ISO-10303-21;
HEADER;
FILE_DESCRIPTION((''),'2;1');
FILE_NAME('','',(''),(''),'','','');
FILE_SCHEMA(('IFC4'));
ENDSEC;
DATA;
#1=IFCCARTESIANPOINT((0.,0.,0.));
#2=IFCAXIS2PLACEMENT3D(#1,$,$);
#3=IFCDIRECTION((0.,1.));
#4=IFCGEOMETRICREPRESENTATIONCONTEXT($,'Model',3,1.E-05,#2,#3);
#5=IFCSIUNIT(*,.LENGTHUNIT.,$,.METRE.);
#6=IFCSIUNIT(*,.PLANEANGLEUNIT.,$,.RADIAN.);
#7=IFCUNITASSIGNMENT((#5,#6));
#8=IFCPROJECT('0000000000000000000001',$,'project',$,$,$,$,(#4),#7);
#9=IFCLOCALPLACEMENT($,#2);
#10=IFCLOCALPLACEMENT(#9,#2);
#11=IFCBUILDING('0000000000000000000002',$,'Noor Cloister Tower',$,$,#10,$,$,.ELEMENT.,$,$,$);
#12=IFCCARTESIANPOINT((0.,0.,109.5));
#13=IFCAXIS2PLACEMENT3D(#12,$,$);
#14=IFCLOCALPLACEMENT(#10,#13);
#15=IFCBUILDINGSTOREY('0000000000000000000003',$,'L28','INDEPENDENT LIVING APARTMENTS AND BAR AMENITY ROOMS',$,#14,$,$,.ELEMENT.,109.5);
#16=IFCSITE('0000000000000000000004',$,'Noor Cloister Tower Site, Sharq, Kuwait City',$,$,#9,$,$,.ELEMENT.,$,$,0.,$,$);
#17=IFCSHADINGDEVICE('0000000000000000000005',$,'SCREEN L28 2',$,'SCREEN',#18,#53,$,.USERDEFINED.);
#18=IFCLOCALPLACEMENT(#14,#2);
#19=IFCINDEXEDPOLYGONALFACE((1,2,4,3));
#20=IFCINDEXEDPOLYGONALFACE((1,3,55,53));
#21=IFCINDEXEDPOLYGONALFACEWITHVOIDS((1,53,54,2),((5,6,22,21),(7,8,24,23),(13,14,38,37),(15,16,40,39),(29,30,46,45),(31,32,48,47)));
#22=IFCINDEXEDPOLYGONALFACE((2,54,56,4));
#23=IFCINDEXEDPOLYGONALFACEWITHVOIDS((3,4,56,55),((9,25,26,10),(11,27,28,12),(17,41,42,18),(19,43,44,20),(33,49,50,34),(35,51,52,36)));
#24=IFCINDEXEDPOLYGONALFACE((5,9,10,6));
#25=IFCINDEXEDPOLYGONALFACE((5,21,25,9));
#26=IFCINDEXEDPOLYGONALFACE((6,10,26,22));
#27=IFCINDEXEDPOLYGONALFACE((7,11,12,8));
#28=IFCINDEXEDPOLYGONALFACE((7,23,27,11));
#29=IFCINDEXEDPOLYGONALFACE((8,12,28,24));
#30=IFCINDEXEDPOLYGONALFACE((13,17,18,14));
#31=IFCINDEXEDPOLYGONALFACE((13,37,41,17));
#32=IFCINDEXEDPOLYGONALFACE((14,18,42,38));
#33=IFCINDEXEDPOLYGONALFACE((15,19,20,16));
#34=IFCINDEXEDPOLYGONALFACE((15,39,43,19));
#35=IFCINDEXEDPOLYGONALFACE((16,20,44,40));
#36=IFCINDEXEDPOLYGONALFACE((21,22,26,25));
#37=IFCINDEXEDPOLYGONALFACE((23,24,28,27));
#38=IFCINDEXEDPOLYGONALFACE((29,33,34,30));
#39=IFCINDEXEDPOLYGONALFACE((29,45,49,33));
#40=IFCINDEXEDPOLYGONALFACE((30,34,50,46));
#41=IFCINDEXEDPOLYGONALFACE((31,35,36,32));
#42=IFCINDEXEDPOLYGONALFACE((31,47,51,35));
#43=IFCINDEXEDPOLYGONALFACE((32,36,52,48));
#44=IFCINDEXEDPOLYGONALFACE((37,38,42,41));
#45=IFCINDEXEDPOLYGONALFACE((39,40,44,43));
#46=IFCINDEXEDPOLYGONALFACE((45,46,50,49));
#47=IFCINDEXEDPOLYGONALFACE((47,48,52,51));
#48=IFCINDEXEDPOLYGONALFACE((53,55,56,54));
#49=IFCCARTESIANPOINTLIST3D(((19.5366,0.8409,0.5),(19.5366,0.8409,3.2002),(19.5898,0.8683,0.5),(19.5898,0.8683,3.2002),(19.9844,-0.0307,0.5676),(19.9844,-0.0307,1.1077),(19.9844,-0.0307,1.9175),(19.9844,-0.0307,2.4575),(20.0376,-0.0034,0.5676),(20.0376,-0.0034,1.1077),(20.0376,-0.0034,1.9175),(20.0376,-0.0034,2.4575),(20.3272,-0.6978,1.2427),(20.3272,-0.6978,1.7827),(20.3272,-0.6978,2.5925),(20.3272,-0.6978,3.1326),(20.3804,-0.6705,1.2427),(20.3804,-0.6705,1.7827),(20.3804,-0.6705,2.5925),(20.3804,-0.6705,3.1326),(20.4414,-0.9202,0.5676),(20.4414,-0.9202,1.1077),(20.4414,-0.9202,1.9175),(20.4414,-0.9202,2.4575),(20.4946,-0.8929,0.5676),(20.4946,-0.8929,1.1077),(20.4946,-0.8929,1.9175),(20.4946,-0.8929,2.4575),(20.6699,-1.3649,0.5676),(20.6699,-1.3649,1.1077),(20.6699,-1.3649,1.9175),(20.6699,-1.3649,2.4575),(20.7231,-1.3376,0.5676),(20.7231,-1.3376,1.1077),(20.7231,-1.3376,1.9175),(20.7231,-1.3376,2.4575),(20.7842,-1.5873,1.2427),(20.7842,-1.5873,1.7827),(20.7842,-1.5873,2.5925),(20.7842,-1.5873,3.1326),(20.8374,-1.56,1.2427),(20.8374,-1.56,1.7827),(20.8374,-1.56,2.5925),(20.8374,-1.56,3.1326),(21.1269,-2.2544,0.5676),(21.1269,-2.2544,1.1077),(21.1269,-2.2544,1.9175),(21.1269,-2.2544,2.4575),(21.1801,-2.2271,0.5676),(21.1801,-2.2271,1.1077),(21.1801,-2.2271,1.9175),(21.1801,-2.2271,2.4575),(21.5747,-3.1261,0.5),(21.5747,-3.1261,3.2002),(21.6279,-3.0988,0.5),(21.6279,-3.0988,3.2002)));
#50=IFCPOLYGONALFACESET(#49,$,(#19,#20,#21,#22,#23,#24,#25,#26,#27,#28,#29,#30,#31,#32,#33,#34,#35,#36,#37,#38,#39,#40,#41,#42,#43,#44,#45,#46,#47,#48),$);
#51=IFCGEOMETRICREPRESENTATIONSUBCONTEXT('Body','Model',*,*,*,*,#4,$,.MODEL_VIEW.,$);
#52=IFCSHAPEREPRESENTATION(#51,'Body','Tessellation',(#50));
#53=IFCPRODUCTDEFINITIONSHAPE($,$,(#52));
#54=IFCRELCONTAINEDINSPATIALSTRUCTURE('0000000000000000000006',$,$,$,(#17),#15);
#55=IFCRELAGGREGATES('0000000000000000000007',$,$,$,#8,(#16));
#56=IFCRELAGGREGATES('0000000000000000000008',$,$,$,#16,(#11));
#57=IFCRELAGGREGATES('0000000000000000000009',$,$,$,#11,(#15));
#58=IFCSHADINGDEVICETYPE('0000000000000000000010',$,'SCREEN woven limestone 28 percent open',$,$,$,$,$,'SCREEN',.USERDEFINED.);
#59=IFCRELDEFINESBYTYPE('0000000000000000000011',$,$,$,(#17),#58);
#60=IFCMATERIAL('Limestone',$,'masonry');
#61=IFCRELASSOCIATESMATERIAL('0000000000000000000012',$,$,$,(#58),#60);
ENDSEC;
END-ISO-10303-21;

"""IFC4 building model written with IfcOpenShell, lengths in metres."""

from ifc_helpers import new_model, si_unit, direction, frame, origin, place, context, subcontext, project, spatial, polyline, outline, extrude, material, material_profile, profile_set, type_object, element, save


model = new_model("IFC4")

# Units and contexts
model_context = context("Model", 3, precision=1e-05, world=origin(), true_north=direction((0.0, 1.0)))
body_context = subcontext(model_context, "Body", "Model", "MODEL_VIEW")
ifc_project = project(units=[si_unit("LENGTHUNIT", "METRE"), si_unit("PLANEANGLEUNIT", "RADIAN")], contexts=[model_context])

# Site, building, storey
site_placement = place(None, origin())
site = spatial("IfcSite", under=ifc_project, at=site_placement, Name="Noor Cloister Tower Site, Sharq, Kuwait City", CompositionType="ELEMENT", RefElevation=0.0)
building_placement = place(site_placement, origin())
building = spatial("IfcBuilding", under=site, at=building_placement, Name="Noor Cloister Tower", CompositionType="ELEMENT")
storey_placement = place(building_placement, frame((0.0, 0.0, 109.5)))
storey = spatial("IfcBuildingStorey", under=building, at=storey_placement, Name="L28", Description="INDEPENDENT LIVING APARTMENTS AND BAR AMENITY ROOMS", CompositionType="ELEMENT", Elevation=109.5)

# Shading device
ifc_material_1 = material(Name="Limestone", Category="masonry")
ifc_material_profile_1 = material_profile(ifc_material_1, outline(polyline([(-2.23, -1.3501), (2.23, -1.3501), (2.23, 1.3501), (-2.23, 1.3501), (-2.23, -1.3501)]), holes=[polyline([(-1.25, -1.2825), (-0.25, -1.2825), (-0.25, -0.7424), (-1.25, -0.7424), (-1.25, -1.2825)]), polyline([(0.25, -1.2825), (1.25, -1.2825), (1.25, -0.7424), (0.25, -0.7424), (0.25, -1.2825)]), polyline([(-0.5, -0.6074), (0.5, -0.6074), (0.5, -0.0674), (-0.5, -0.0674), (-0.5, -0.6074)]), polyline([(-1.25, 0.0674), (-0.25, 0.0674), (-0.25, 0.6074), (-1.25, 0.6074), (-1.25, 0.0674)]), polyline([(0.25, 0.0674), (1.25, 0.0674), (1.25, 0.6074), (0.25, 0.6074), (0.25, 0.0674)]), polyline([(-0.5, 0.7424), (0.5, 0.7424), (0.5, 1.2825), (-0.5, 1.2825), (-0.5, 0.7424)])]), Name="Woven screen 28 percent open")
ifc_profile_set_1 = profile_set([ifc_material_profile_1], Name="Limestone")
shading_device_type = type_object("IfcShadingDeviceType", Name="SCREEN woven limestone 28 percent open", ElementType="SCREEN", PredefinedType="USERDEFINED", material=ifc_profile_set_1)
shading_device_1_placement = place(storey_placement, frame((20.5557, -1.1426, 1.8501), z_axis=(0.889477, 0.456979, 0.0), x_axis=(-0.456979, 0.889477, 0.0)))
element("IfcShadingDevice", 1, at=shading_device_1_placement, inside=storey, type_object=shading_device_type, Name="SCREEN L28 2", ObjectType="SCREEN", PredefinedType="USERDEFINED", context=body_context, shape_type="SweptSolid", body=[
    extrude(outline(polyline([(-2.23, -1.3501), (2.23, -1.3501), (2.23, 1.3501), (-2.23, 1.3501), (-2.23, -1.3501)]), holes=[polyline([(-1.25, -1.2825), (-0.25, -1.2825), (-0.25, -0.7424), (-1.25, -0.7424), (-1.25, -1.2825)]), polyline([(0.25, -1.2825), (1.25, -1.2825), (1.25, -0.7424), (0.25, -0.7424), (0.25, -1.2825)]), polyline([(-0.5, -0.6074), (0.5, -0.6074), (0.5, -0.0674), (-0.5, -0.0674), (-0.5, -0.6074)]), polyline([(-1.25, 0.0674), (-0.25, 0.0674), (-0.25, 0.6074), (-1.25, 0.6074), (-1.25, 0.0674)]), polyline([(0.25, 0.0674), (1.25, 0.0674), (1.25, 0.6074), (0.25, 0.6074), (0.25, 0.0674)]), polyline([(-0.5, 0.7424), (0.5, 0.7424), (0.5, 1.2825), (-0.5, 1.2825), (-0.5, 0.7424)])]), origin(), (0.0, 0.0, 1.0), 0.0598),
])

save(model, "model.ifc")
